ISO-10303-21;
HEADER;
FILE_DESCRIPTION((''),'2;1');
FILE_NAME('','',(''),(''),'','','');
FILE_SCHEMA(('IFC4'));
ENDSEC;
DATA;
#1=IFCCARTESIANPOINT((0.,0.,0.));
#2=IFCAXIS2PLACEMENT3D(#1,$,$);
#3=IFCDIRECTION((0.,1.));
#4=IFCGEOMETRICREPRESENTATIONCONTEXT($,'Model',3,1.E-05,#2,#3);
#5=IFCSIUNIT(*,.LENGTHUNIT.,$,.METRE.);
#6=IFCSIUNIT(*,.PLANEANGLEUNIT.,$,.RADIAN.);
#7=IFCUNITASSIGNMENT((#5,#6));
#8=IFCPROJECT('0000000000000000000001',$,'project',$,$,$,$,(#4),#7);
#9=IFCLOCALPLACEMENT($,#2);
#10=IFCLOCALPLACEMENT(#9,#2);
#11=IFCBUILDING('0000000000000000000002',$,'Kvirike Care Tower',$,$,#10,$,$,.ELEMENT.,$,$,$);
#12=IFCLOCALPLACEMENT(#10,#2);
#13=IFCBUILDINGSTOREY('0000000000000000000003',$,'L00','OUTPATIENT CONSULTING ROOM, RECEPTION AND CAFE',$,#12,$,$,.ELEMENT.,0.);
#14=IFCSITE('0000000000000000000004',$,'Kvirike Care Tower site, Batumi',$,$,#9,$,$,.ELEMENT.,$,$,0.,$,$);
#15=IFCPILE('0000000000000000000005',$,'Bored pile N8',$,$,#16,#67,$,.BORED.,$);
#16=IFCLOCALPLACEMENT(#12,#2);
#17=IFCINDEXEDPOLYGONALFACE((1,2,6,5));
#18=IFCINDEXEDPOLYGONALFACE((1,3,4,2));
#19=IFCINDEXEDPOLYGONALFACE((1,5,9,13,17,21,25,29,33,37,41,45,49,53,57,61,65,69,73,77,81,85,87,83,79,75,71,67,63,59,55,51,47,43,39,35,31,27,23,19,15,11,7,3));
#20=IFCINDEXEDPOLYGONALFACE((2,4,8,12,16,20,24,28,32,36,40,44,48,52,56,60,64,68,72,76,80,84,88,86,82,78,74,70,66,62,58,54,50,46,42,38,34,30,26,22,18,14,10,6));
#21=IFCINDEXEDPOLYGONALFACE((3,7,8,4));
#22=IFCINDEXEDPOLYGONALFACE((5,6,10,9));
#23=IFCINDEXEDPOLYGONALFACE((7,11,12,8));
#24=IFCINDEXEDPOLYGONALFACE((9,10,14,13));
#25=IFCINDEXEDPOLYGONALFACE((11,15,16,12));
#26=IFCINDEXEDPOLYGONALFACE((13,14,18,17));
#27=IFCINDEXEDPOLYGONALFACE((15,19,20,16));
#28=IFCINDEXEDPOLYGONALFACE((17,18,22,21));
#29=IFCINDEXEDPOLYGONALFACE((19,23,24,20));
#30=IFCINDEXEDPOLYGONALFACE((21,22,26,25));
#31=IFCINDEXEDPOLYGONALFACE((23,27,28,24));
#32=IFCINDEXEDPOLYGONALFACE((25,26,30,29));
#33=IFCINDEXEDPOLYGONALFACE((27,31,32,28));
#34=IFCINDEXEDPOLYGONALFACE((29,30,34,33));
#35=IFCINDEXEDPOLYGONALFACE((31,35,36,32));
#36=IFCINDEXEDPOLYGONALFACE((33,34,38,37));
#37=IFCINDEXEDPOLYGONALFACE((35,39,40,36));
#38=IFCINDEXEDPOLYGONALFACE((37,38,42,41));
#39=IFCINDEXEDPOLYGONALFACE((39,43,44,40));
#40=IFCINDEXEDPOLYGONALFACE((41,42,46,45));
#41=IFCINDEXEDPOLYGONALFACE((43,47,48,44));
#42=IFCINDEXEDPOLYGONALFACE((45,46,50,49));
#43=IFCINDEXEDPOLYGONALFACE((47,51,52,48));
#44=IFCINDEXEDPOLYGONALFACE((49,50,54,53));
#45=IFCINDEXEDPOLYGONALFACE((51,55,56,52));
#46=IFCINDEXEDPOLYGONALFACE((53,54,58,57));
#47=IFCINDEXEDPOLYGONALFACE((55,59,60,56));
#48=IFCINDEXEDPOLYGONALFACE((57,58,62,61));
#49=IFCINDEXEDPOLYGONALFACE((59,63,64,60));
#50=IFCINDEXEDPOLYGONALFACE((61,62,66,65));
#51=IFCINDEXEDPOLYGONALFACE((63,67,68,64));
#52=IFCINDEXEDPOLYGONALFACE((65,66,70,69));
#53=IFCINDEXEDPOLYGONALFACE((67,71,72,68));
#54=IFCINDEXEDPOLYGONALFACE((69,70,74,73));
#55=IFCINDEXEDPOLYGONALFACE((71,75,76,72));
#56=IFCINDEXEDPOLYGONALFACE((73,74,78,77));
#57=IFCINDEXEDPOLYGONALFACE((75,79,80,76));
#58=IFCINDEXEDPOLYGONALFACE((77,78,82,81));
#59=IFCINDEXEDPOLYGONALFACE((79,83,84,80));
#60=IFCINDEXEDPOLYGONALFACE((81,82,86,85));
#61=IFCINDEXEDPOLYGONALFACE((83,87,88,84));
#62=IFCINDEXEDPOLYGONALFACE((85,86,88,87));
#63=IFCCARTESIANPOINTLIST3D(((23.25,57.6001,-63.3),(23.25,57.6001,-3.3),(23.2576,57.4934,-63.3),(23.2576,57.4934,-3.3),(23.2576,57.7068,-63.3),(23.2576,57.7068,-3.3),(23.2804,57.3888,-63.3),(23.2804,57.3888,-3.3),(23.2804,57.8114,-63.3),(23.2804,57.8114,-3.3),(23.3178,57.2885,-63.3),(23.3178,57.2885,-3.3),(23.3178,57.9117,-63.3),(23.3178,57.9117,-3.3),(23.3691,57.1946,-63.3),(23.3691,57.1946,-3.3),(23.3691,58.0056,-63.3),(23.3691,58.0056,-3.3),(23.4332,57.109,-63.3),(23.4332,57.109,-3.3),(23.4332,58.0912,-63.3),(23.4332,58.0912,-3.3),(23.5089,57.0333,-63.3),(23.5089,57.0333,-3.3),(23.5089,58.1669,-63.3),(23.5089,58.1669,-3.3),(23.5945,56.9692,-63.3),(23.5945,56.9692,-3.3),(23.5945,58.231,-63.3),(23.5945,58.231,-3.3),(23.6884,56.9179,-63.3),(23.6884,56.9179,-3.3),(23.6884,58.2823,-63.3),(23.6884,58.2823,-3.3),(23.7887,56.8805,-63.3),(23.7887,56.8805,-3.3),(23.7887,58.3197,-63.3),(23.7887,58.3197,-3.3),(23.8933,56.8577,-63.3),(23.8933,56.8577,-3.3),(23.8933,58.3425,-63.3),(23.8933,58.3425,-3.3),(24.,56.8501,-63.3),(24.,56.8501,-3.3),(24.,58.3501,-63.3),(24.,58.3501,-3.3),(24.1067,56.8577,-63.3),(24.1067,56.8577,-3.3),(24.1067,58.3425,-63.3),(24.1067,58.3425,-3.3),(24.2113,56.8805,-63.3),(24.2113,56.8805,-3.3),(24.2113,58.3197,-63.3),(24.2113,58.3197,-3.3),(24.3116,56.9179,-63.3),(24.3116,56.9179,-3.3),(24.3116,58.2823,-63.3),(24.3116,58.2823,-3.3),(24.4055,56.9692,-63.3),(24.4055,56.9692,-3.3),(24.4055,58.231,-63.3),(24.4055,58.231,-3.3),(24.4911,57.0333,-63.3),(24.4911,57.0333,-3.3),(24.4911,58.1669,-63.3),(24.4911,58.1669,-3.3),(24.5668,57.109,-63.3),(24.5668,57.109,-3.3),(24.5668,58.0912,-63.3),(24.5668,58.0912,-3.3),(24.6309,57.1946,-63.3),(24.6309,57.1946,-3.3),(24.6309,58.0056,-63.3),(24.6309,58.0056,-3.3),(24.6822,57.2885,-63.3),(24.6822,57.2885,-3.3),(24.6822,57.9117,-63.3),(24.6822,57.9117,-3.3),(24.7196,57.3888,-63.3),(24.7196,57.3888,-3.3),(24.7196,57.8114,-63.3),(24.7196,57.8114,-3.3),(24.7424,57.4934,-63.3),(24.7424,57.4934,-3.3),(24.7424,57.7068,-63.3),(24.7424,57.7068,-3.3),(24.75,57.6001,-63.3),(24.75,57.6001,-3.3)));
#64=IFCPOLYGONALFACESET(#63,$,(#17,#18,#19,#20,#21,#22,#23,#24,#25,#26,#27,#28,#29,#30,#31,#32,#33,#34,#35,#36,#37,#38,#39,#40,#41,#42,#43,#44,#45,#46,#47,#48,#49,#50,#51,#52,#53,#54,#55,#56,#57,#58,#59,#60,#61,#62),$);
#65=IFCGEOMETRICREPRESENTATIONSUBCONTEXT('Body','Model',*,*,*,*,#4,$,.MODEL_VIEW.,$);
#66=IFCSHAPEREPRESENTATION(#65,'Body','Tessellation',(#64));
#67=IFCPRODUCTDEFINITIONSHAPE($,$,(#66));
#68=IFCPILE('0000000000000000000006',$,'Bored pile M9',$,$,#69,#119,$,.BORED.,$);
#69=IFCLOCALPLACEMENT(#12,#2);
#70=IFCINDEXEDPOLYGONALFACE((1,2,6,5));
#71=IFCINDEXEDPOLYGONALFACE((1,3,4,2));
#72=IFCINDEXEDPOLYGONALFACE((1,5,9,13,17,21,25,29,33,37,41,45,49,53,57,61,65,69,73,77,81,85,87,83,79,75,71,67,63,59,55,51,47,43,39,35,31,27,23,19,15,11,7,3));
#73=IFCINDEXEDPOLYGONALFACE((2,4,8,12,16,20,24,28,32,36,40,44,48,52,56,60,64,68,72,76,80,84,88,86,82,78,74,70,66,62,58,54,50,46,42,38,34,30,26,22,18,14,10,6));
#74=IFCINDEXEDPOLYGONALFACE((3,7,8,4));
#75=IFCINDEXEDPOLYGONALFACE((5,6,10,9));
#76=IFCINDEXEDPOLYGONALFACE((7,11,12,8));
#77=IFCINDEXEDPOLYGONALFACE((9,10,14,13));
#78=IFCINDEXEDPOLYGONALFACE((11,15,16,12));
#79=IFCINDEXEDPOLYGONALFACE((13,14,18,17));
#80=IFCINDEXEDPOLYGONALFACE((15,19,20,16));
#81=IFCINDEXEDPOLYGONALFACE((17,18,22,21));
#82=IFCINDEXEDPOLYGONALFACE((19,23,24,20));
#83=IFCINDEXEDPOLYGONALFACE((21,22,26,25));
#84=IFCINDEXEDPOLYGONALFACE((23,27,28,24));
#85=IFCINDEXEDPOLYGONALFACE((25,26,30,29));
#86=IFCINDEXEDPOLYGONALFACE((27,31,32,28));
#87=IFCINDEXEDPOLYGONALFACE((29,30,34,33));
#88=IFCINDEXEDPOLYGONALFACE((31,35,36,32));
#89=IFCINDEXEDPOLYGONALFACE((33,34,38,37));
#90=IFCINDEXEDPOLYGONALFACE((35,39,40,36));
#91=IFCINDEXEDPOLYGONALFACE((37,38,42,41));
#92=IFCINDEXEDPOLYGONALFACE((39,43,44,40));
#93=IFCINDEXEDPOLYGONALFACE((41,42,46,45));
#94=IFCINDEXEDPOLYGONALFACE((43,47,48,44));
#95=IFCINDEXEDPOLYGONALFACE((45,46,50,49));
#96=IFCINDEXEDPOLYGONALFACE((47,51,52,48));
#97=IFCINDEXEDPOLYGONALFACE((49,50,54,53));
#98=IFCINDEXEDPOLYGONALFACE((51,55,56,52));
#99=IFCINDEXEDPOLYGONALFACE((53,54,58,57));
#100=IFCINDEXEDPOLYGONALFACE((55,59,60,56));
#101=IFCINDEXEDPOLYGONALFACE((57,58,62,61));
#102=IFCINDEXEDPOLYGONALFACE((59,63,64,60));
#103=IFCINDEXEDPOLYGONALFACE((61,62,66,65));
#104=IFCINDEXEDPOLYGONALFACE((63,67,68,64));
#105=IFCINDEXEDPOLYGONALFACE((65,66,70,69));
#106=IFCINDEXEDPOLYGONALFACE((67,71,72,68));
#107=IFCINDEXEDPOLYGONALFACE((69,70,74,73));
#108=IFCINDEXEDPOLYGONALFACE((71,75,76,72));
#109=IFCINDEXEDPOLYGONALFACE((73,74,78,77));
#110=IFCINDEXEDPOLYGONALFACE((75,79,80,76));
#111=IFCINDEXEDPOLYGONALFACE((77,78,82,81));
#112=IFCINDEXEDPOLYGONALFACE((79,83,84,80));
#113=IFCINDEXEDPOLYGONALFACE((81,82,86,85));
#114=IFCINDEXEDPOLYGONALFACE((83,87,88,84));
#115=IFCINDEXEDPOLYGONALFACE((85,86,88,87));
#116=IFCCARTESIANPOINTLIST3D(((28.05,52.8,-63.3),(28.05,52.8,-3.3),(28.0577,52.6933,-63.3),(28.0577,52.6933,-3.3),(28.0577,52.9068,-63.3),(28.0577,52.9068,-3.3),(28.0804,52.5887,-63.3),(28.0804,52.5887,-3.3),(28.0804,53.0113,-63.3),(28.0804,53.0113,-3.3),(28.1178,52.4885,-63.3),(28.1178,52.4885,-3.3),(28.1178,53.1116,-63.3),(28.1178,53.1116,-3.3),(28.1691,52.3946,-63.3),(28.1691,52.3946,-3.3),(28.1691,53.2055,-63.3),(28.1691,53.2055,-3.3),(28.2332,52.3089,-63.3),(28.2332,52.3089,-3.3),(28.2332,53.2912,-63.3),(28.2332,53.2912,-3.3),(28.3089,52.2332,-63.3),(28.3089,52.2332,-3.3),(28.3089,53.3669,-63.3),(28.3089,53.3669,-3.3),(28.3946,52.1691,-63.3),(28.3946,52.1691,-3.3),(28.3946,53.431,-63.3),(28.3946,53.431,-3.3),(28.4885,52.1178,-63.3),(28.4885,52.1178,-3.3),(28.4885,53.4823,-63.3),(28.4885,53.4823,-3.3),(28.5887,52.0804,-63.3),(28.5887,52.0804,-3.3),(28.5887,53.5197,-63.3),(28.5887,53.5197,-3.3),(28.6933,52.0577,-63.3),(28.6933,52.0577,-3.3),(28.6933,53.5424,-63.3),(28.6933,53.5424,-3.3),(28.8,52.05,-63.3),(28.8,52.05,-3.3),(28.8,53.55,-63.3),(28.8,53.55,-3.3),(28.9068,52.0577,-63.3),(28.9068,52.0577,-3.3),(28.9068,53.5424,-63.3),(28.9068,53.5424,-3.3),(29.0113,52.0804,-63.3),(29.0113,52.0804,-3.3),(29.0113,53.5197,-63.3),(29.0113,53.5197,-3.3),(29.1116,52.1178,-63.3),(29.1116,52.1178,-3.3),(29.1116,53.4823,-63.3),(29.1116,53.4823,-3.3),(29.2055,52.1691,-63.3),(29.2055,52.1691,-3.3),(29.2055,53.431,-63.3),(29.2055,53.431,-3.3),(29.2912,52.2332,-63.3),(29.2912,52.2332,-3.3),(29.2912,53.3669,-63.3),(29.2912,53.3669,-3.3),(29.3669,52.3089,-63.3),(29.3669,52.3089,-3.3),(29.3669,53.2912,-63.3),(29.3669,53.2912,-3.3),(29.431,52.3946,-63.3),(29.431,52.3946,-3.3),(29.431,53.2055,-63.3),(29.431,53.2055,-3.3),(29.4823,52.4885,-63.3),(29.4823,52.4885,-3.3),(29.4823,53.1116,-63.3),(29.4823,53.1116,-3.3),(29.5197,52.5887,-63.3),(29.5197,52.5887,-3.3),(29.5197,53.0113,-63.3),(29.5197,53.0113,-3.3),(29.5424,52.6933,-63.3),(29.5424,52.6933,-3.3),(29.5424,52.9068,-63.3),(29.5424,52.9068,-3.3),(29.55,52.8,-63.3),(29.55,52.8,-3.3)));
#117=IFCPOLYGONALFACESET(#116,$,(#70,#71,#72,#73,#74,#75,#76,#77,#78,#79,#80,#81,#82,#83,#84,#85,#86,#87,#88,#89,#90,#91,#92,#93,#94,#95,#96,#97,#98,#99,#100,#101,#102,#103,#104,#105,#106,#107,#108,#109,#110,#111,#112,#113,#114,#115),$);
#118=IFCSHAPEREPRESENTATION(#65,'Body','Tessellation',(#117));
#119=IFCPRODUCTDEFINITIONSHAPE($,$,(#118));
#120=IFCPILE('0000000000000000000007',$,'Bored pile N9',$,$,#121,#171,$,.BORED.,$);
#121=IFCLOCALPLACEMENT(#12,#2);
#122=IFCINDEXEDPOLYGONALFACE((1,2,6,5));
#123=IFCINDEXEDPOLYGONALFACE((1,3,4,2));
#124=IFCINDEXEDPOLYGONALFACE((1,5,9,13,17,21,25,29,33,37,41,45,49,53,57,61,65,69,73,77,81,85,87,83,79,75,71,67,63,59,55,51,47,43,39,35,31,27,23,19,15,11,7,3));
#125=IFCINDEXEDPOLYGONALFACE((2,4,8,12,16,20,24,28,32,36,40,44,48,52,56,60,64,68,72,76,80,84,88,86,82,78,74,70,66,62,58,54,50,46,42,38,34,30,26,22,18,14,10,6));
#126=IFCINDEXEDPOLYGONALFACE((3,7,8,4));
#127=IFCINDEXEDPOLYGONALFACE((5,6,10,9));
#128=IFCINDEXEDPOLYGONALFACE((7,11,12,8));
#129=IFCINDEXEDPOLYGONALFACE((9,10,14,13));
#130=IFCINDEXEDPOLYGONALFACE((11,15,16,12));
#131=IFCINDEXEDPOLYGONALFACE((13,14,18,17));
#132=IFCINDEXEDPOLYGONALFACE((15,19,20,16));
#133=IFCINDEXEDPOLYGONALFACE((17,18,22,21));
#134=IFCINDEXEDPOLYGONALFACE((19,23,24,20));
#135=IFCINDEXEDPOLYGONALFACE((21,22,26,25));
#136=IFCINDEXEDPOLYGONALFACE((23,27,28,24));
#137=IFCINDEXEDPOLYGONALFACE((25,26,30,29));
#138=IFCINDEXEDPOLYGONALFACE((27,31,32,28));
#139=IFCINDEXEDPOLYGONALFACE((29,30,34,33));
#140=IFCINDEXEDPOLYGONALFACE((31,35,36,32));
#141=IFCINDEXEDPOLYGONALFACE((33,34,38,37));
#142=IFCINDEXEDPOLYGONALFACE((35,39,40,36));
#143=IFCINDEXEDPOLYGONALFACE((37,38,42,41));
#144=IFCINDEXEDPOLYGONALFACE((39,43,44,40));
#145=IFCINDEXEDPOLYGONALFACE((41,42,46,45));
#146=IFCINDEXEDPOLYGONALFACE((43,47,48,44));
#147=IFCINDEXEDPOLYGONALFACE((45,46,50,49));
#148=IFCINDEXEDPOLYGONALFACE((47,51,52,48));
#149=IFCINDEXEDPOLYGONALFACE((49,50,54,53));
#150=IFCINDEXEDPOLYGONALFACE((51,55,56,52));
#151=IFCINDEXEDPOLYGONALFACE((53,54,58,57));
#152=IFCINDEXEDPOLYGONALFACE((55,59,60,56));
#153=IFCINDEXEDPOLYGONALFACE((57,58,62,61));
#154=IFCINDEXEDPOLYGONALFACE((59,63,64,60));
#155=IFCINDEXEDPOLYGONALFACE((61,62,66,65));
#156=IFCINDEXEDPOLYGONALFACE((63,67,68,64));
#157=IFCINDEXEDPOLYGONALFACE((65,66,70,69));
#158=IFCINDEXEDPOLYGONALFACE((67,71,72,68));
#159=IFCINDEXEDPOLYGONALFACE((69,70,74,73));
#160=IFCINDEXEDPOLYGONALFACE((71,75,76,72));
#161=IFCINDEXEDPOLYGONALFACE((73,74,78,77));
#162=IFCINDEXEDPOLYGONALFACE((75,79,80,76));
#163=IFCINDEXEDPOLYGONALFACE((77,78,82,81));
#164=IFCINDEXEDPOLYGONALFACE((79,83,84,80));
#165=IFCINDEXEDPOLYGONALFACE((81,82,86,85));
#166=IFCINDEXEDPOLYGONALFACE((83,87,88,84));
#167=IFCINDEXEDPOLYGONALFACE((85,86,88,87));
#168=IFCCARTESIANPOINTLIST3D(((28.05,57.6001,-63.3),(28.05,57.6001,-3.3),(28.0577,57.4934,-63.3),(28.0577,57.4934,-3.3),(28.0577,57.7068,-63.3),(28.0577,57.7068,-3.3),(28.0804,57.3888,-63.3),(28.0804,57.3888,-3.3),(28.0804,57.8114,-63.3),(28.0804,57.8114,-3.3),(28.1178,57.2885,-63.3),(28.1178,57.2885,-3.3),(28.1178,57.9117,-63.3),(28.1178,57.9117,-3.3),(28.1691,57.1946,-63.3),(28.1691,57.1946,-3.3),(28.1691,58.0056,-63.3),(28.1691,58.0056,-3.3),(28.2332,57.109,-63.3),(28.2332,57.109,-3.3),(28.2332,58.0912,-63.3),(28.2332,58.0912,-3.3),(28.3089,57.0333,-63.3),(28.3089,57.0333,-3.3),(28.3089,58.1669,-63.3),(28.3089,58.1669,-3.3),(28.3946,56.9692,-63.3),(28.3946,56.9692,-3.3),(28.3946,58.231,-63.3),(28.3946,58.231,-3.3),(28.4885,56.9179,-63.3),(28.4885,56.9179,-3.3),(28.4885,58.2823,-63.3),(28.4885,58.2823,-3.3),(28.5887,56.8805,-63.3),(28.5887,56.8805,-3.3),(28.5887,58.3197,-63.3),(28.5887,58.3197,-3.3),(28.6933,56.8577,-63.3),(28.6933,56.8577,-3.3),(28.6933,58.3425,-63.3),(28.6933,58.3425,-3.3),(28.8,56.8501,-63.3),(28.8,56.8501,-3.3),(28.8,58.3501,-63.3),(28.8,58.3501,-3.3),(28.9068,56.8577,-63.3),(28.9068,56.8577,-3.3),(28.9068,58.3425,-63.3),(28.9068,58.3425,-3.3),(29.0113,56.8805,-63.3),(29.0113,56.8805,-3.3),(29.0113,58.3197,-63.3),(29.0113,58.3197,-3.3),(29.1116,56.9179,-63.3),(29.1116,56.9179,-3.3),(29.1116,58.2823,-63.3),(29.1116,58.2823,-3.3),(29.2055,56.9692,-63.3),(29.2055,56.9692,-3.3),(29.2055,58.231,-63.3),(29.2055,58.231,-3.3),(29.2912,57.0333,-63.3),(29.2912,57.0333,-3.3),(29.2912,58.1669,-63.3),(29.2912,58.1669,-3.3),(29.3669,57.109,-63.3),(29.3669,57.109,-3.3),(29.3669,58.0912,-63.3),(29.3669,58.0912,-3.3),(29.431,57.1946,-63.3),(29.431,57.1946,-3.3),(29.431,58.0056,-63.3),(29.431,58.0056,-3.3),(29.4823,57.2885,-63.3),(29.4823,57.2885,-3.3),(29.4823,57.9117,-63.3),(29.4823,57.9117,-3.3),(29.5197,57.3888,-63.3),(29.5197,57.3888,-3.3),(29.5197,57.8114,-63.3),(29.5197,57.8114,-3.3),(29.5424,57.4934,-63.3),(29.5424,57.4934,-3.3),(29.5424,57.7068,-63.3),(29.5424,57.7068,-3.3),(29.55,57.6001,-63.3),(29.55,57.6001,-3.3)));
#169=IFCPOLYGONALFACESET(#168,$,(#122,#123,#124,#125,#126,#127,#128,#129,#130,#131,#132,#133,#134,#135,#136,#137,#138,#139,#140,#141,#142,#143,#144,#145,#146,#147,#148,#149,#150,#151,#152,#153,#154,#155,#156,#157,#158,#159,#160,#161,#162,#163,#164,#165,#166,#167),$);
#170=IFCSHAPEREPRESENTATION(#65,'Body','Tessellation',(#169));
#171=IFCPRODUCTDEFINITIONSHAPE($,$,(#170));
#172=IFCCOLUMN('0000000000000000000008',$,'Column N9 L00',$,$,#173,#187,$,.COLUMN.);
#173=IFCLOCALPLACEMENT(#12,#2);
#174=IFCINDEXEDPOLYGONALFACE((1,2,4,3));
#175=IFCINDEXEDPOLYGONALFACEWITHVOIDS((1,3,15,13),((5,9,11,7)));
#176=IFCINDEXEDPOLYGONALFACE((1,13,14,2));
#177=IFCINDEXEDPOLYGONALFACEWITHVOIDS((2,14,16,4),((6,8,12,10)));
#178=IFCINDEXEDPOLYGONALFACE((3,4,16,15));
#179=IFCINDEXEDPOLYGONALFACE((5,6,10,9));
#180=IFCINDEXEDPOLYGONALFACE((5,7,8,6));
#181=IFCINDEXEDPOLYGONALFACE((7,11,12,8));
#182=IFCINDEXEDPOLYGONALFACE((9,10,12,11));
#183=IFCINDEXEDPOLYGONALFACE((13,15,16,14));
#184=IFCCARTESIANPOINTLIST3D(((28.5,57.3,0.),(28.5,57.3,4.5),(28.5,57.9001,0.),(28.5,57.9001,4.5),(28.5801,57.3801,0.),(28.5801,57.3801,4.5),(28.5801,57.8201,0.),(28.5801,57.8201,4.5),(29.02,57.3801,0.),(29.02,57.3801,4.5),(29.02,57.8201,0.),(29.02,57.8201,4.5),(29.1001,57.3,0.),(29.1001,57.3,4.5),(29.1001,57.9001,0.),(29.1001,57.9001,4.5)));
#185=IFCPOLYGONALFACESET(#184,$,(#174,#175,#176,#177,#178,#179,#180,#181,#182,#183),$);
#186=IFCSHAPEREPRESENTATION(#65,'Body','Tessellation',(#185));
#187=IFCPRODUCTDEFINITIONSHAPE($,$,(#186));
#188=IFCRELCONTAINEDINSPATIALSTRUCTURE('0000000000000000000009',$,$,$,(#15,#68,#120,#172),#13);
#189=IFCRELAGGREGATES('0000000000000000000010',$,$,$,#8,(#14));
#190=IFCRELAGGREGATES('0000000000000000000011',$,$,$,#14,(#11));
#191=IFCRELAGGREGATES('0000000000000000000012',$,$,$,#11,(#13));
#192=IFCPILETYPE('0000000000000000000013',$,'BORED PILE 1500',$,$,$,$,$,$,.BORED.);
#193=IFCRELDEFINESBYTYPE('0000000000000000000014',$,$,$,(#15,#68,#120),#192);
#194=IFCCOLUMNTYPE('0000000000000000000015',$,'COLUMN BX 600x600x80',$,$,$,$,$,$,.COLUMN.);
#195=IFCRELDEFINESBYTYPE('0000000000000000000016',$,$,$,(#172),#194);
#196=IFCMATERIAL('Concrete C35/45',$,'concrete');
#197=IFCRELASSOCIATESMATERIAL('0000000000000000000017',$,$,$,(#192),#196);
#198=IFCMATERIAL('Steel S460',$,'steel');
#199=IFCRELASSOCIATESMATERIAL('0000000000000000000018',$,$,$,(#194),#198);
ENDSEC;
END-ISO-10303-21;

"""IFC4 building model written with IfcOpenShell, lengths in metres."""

from ifc_helpers import new_model, si_unit, direction, frame, origin, origin_2d, place, context, subcontext, project, spatial, hollow_rectangle, circle, extrude, material, material_profile, profile_set, type_object, element, save


model = new_model("IFC4")

# Units and contexts
model_context = context("Model", 3, precision=1e-05, world=origin(), true_north=direction((0.0, 1.0)))
body_context = subcontext(model_context, "Body", "Model", "MODEL_VIEW")
ifc_project = project(units=[si_unit("LENGTHUNIT", "METRE"), si_unit("PLANEANGLEUNIT", "RADIAN")], contexts=[model_context])

# Site, building, storey
site_placement = place(None, origin())
site = spatial("IfcSite", under=ifc_project, at=site_placement, Name="Kvirike Care Tower site, Batumi", CompositionType="ELEMENT", RefElevation=0.0)
building_placement = place(site_placement, origin())
building = spatial("IfcBuilding", under=site, at=building_placement, Name="Kvirike Care Tower", CompositionType="ELEMENT")
storey_placement = place(building_placement, origin())
storey = spatial("IfcBuildingStorey", under=building, at=storey_placement, Name="L00", Description="OUTPATIENT CONSULTING ROOM, RECEPTION AND CAFE", CompositionType="ELEMENT", Elevation=0.0)

# Piles
ifc_material_1 = material(Name="Concrete C35/45", Category="concrete")
ifc_material_profile_1 = material_profile(ifc_material_1, circle(Radius=0.75, at=origin_2d()), Name="BORED PILE 1500")
ifc_profile_set_1 = profile_set([ifc_material_profile_1], Name="Concrete C35/45")
pile_type = type_object("IfcPileType", Name="BORED PILE 1500", PredefinedType="BORED", material=ifc_profile_set_1)
for number, where, z_axis, x_axis, name in (
    (1, (24.0, 57.6001, -3.3), (0.0, 0.0, -1.0), (1.0, 0.0, 0.0), "Bored pile N8"),
    (2, (28.8, 52.8, -3.3), (0.0, 0.0, -1.0), (1.0, 0.0, 0.0), "Bored pile M9"),
    (3, (28.8, 57.6001, -3.3), (0.0, 0.0, -1.0), (1.0, 0.0, 0.0), "Bored pile N9"),
):
    element("IfcPile", number, at=place(storey_placement, frame(where, z_axis=z_axis, x_axis=x_axis)), inside=storey, type_object=pile_type, Name=name, PredefinedType="BORED", context=body_context, shape_type="SweptSolid", body=[
        extrude(circle(Radius=0.75, at=origin_2d()), origin(), (0.0, 0.0, 1.0), 60.0),
    ])

# Column
ifc_material_2 = material(Name="Steel S460", Category="steel")
ifc_material_profile_2 = material_profile(ifc_material_2, hollow_rectangle(XDim=0.6001, YDim=0.6001, WallThickness=0.0801, at=origin_2d()), Name="BX 600x600x80")
ifc_profile_set_2 = profile_set([ifc_material_profile_2], Name="Steel S460")
column_type_1 = type_object("IfcColumnType", Name="COLUMN BX 600x600x80", PredefinedType="COLUMN", material=ifc_profile_set_2)
column_placement = place(storey_placement, frame((28.8, 57.6001, 0.0), z_axis=(0.0, 0.0, 1.0), x_axis=(0.0, 1.0, 0.0)))
element("IfcColumn", 4, at=column_placement, inside=storey, type_object=column_type_1, Name="Column N9 L00", PredefinedType="COLUMN", context=body_context, shape_type="SweptSolid", body=[
    extrude(hollow_rectangle(XDim=0.6001, YDim=0.6001, WallThickness=0.0801, at=origin_2d()), origin(), (0.0, 0.0, 1.0), 4.5),
])

save(model, "model.ifc")
